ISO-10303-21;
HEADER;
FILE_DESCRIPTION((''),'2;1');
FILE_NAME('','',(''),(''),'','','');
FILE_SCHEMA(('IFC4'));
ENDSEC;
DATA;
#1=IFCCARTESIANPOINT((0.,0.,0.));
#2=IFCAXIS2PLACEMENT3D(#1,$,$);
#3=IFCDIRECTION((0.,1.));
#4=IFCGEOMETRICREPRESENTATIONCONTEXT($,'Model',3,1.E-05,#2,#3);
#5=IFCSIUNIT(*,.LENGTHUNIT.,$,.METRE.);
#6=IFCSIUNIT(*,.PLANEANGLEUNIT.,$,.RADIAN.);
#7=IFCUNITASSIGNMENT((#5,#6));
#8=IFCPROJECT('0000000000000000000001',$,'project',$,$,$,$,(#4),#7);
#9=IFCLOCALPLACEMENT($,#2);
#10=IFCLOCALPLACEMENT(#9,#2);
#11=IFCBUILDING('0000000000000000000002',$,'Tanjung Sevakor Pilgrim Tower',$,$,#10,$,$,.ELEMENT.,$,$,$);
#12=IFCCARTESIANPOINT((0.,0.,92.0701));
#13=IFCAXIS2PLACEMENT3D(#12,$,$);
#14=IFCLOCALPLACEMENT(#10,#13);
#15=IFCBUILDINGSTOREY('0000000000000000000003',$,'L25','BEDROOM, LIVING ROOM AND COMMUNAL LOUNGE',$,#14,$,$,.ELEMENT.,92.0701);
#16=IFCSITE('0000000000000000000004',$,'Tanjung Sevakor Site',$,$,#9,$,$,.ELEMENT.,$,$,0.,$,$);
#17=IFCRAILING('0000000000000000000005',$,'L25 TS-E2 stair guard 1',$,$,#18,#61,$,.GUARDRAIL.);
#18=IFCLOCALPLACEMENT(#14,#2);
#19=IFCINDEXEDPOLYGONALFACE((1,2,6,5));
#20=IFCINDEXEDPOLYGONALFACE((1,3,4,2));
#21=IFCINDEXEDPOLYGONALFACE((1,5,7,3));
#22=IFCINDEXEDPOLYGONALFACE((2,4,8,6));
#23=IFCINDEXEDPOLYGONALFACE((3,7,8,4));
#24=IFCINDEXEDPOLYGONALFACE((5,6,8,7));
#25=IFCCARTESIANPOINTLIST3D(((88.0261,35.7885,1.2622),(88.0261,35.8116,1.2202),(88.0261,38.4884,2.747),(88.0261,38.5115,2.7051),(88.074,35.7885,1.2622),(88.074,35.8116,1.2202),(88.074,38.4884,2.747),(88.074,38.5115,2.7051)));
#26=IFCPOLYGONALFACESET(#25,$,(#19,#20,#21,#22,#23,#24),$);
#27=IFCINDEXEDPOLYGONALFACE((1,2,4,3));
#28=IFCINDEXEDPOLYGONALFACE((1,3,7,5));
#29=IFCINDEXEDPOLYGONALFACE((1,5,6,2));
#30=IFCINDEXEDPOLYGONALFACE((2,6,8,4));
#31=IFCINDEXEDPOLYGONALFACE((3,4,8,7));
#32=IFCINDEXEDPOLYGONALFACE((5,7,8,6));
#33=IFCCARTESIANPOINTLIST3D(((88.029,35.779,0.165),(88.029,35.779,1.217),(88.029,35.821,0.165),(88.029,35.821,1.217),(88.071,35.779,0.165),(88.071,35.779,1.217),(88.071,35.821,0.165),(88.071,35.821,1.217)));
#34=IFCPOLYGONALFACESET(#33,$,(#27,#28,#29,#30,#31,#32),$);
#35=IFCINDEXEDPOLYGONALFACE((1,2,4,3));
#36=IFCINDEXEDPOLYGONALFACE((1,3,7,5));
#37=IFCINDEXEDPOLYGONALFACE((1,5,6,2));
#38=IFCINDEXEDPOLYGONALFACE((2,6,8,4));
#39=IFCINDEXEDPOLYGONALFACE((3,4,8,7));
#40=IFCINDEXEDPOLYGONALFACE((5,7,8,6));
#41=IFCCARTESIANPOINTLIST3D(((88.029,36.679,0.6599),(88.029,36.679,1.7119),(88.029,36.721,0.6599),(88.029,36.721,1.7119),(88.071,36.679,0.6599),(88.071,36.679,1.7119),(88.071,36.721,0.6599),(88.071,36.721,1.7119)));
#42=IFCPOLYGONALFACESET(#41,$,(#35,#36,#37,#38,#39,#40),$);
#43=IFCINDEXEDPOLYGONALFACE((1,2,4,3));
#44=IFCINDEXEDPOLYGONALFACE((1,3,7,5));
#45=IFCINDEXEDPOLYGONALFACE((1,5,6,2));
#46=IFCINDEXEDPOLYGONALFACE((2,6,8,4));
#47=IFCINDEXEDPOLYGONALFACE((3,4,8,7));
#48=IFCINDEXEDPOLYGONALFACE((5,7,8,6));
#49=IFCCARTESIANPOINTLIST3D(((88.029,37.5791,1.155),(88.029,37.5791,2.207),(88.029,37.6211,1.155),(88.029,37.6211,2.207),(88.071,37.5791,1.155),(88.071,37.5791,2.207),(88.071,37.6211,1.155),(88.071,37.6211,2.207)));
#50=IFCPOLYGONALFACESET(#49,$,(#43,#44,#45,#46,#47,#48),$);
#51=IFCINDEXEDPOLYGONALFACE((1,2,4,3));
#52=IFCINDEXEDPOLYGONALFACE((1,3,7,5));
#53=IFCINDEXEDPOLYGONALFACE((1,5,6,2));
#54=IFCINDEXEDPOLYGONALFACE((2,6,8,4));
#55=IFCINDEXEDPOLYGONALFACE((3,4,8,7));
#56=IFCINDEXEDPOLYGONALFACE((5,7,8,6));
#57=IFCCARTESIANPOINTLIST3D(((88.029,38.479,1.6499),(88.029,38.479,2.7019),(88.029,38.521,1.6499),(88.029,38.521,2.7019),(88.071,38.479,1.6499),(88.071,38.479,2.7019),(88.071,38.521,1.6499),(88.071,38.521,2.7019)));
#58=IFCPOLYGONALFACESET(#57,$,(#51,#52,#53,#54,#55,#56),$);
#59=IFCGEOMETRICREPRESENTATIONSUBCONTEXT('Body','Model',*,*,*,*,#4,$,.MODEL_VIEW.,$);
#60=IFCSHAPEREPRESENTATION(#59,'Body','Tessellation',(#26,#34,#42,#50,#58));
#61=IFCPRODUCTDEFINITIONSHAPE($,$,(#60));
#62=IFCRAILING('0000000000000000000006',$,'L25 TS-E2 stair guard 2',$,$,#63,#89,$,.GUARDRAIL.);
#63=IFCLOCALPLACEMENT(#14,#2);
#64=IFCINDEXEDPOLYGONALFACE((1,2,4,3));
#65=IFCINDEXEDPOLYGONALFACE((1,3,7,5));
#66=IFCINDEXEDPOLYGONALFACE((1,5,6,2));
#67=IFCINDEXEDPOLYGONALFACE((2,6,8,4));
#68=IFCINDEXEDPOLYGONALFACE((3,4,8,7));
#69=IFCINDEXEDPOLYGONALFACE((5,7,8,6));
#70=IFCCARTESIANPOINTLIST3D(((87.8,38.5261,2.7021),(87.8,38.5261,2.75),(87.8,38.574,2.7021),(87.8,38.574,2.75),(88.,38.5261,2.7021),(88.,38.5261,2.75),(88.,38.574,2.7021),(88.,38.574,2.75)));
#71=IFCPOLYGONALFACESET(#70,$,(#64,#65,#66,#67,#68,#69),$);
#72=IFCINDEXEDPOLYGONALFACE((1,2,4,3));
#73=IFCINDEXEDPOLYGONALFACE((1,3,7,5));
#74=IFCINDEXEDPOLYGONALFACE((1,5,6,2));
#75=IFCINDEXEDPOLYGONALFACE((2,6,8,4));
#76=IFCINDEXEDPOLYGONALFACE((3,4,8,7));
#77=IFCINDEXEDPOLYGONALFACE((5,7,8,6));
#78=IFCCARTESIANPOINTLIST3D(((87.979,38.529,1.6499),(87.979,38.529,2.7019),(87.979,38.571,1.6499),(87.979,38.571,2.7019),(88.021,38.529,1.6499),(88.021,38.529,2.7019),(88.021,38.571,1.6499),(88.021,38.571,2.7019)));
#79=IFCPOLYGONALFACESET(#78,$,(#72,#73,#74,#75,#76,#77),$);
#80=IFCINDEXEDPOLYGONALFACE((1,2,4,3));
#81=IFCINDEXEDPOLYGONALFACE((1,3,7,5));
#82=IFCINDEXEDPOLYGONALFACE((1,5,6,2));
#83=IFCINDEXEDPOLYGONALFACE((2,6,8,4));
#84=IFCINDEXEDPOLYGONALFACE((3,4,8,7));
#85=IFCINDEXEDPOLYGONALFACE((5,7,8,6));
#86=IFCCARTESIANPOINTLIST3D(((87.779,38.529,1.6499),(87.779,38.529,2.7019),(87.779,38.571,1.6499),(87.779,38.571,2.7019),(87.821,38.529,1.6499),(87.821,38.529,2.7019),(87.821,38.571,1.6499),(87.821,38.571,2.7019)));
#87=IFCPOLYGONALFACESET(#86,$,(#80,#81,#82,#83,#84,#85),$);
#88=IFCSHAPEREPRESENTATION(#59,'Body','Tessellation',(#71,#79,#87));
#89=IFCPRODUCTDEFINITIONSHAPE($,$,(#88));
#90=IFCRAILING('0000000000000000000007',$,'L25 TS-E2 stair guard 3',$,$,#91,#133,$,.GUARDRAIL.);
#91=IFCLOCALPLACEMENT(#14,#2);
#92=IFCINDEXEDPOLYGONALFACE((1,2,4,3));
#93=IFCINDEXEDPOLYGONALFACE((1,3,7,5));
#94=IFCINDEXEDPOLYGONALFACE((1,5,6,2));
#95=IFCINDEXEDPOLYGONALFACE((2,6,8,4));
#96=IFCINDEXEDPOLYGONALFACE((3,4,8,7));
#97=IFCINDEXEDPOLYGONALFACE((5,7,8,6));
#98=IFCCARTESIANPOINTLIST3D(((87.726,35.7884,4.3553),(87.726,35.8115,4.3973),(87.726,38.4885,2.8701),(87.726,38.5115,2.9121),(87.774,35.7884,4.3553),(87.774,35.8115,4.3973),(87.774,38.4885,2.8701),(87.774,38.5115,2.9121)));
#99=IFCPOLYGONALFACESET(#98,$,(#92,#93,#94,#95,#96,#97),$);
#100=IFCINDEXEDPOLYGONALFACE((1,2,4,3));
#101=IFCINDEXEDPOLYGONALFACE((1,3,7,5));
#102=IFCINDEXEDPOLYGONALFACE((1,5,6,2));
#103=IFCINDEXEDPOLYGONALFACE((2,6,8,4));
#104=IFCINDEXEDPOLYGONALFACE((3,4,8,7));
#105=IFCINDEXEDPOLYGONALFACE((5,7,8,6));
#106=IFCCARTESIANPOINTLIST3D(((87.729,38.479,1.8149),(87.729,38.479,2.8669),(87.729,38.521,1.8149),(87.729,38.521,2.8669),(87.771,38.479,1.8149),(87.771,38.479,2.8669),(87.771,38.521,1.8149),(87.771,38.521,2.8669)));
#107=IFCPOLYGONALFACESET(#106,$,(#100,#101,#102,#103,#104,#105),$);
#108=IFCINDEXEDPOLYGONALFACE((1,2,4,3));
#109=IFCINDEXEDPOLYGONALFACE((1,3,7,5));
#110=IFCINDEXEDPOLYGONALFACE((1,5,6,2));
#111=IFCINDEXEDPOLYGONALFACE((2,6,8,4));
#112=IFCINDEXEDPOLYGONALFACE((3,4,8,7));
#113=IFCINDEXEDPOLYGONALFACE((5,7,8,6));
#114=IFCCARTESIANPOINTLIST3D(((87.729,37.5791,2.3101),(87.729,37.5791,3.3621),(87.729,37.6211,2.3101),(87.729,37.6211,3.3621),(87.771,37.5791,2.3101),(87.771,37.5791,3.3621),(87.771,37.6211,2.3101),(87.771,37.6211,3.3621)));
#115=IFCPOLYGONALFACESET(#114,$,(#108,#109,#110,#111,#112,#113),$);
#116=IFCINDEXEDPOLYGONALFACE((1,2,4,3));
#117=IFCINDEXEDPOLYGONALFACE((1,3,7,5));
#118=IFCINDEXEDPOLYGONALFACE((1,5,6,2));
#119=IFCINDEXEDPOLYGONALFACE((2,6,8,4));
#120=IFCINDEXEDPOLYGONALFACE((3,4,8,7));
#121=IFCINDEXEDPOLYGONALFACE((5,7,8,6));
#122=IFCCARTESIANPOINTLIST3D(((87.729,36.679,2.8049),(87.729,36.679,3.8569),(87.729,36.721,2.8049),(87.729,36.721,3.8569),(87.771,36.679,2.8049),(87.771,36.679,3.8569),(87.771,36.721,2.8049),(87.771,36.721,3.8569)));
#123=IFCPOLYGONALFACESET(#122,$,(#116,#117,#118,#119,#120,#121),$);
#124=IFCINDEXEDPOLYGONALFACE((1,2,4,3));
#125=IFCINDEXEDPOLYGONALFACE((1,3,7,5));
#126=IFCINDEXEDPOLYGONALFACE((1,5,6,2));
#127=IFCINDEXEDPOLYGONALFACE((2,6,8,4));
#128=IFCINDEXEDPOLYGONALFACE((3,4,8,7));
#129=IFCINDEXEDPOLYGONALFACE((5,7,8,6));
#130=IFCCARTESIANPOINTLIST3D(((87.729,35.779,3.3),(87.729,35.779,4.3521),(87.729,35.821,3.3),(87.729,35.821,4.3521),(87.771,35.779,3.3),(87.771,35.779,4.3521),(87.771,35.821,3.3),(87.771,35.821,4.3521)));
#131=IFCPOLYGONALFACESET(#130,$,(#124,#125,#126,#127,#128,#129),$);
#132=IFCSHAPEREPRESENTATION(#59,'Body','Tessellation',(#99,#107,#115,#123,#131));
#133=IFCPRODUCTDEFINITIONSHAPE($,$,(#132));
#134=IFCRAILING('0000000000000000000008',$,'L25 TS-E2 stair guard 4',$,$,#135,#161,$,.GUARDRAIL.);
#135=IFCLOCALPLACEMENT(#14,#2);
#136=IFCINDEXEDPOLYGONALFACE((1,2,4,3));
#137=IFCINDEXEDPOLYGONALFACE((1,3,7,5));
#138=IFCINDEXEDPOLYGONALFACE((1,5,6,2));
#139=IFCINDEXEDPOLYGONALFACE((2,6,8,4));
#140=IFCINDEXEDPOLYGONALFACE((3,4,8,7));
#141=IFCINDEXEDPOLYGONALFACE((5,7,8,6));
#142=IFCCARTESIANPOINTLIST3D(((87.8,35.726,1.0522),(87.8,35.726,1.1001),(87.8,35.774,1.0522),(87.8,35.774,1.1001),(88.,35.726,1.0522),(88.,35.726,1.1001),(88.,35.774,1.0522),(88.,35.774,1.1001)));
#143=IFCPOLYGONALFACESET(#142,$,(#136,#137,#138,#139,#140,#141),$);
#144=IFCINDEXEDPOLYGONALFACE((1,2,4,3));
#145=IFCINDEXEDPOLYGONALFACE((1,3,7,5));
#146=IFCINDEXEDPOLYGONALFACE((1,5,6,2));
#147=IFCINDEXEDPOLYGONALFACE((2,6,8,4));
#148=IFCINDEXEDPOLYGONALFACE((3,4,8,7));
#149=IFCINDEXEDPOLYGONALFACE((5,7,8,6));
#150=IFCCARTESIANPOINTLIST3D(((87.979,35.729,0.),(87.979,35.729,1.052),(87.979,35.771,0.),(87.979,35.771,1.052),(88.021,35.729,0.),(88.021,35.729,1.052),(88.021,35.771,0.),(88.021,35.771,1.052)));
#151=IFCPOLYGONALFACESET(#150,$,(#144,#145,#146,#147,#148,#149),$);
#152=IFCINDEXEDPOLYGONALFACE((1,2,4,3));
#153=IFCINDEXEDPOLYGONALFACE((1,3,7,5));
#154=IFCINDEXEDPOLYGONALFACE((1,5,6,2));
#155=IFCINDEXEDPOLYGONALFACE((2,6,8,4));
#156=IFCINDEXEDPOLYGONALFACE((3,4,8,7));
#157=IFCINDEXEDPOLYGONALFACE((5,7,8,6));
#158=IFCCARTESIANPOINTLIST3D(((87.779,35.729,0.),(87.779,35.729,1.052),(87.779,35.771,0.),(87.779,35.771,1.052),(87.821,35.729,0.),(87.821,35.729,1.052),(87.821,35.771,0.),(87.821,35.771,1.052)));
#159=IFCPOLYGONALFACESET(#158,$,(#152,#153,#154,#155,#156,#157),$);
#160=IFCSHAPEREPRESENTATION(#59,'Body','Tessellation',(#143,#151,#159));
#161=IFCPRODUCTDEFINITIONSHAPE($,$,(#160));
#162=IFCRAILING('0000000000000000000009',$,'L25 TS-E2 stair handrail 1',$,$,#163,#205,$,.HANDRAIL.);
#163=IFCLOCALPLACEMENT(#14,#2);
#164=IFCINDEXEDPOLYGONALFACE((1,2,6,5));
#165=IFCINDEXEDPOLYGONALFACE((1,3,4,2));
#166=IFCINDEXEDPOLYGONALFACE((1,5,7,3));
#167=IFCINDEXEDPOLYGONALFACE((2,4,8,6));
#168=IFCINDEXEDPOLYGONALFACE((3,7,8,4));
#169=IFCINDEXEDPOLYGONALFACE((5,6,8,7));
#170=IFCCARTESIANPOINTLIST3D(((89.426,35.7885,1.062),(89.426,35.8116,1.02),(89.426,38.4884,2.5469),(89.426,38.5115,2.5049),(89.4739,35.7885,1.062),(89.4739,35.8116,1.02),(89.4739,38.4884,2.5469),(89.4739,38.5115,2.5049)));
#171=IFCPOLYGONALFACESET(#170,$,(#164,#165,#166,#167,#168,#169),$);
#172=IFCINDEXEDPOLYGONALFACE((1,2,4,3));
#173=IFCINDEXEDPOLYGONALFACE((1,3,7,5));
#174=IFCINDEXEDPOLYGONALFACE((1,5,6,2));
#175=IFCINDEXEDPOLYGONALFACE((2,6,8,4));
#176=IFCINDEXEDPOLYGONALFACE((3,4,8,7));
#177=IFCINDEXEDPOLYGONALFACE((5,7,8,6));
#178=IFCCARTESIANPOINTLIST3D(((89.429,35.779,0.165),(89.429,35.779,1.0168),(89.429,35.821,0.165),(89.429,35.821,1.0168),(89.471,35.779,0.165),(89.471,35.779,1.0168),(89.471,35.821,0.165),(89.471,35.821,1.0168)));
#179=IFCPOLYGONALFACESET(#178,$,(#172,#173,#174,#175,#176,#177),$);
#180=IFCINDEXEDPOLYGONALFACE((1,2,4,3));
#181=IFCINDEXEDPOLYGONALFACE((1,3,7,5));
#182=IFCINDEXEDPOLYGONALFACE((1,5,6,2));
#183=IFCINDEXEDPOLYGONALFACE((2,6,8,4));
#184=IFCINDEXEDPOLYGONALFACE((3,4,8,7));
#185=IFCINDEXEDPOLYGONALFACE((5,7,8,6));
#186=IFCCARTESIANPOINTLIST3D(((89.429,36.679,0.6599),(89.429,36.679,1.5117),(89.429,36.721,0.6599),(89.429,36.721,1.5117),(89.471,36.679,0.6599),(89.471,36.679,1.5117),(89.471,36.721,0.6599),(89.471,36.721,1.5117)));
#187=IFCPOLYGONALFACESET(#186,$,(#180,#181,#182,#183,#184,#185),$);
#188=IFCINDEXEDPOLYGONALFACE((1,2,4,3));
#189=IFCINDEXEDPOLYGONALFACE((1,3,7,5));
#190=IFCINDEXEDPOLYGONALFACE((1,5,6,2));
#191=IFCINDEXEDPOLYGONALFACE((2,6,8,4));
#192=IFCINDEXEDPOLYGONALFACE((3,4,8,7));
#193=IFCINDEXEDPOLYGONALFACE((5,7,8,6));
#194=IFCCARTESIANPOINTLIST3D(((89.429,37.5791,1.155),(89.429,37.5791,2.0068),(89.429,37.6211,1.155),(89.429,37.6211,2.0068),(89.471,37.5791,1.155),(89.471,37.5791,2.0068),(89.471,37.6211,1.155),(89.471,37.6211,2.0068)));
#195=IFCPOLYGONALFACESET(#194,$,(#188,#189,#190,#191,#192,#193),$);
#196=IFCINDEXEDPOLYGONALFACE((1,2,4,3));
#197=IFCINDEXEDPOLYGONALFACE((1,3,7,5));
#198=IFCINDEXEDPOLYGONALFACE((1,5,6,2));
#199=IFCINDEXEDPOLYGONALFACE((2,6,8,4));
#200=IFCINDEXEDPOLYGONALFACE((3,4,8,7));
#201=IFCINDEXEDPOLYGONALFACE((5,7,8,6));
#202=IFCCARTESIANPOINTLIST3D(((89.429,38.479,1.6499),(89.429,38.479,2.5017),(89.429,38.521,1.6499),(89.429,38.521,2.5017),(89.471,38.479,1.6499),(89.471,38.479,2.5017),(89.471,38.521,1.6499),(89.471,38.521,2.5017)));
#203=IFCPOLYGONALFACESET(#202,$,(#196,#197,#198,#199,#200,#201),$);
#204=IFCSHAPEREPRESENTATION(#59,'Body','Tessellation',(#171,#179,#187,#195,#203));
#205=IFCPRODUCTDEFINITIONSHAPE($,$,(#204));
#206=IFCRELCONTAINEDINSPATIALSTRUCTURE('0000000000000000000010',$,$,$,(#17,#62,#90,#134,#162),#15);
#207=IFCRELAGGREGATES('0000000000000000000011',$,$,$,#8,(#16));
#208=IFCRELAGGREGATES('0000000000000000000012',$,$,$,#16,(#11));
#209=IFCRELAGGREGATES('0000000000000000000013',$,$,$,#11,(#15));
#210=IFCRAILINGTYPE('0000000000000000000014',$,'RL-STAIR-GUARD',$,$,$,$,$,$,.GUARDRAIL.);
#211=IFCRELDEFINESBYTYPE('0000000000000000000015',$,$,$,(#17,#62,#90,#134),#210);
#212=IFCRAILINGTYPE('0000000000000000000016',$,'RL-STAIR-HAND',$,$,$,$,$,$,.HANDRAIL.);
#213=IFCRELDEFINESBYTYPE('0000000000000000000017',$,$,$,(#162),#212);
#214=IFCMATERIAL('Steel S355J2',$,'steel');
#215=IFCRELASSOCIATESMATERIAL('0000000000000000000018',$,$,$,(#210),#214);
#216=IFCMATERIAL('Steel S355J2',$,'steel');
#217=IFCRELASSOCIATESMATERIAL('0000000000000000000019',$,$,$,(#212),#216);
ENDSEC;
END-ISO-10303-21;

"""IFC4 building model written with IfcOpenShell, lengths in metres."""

from ifc_helpers import new_model, si_unit, direction, frame, origin, place, context, subcontext, project, spatial, rectangle, extrude, material, type_object, element, save


model = new_model("IFC4")

# Units and contexts
model_context = context("Model", 3, precision=1e-05, world=origin(), true_north=direction((0.0, 1.0)))
body_context = subcontext(model_context, "Body", "Model", "MODEL_VIEW")
ifc_project = project(units=[si_unit("LENGTHUNIT", "METRE"), si_unit("PLANEANGLEUNIT", "RADIAN")], contexts=[model_context])

# Site, building, storey
site_placement = place(None, origin())
site = spatial("IfcSite", under=ifc_project, at=site_placement, Name="Tanjung Sevakor Site", CompositionType="ELEMENT", RefElevation=0.0)
building_placement = place(site_placement, origin())
building = spatial("IfcBuilding", under=site, at=building_placement, Name="Tanjung Sevakor Pilgrim Tower", CompositionType="ELEMENT")
storey_placement = place(building_placement, frame((0.0, 0.0, 92.0701)))
storey = spatial("IfcBuildingStorey", under=building, at=storey_placement, Name="L25", Description="BEDROOM, LIVING ROOM AND COMMUNAL LOUNGE", CompositionType="ELEMENT", Elevation=92.0701)

# Railings
ifc_material_1 = material(Name="Steel S355J2", Category="steel")
railing_type_1 = type_object("IfcRailingType", Name="RL-STAIR-GUARD", PredefinedType="GUARDRAIL", material=ifc_material_1)
railing_1_placement = place(storey_placement, frame((88.05, 35.8, 0.165)))
element("IfcRailing", 1, at=railing_1_placement, inside=storey, type_object=railing_type_1, Name="L25 TS-E2 stair guard 1", PredefinedType="GUARDRAIL", context=body_context, shape_type="SweptSolid", body=[
    extrude(rectangle(XDim=0.0479, YDim=0.0479), frame((0.0, 0.0, 1.0762), z_axis=(0.0, 0.876231, 0.481891), x_axis=(-1.0, 0.0, 0.0)), (0.0, 0.0, 1.0), 3.0813),
    extrude(rectangle(XDim=0.042, YDim=0.042), origin(), (0.0, 0.0, 1.0), 1.052),
    extrude(rectangle(XDim=0.042, YDim=0.042), frame((0.0, 0.8999, 0.4949)), (0.0, 0.0, 1.0), 1.052),
    extrude(rectangle(XDim=0.042, YDim=0.042), frame((0.0, 1.8, 0.99)), (0.0, 0.0, 1.0), 1.052),
    extrude(rectangle(XDim=0.042, YDim=0.042), frame((0.0, 2.7, 1.4849)), (0.0, 0.0, 1.0), 1.052),
])
railing_2_placement = place(storey_placement, frame((88.0, 38.55, 1.6499)))
element("IfcRailing", 2, at=railing_2_placement, inside=storey, type_object=railing_type_1, Name="L25 TS-E2 stair guard 2", PredefinedType="GUARDRAIL", context=body_context, shape_type="SweptSolid", body=[
    extrude(rectangle(XDim=0.0479, YDim=0.0479), frame((0.0, 0.0, 1.0762), z_axis=(-1.0, 0.0, 0.0), x_axis=(0.0, -1.0, 0.0)), (0.0, 0.0, 1.0), 0.2),
    extrude(rectangle(XDim=0.042, YDim=0.042), origin(), (0.0, 0.0, 1.0), 1.052),
    extrude(rectangle(XDim=0.042, YDim=0.042), frame((-0.2, 0.0, 0.0)), (0.0, 0.0, 1.0), 1.052),
])
railing_3_placement = place(storey_placement, frame((87.75, 38.5, 1.8149)))
element("IfcRailing", 3, at=railing_3_placement, inside=storey, type_object=railing_type_1, Name="L25 TS-E2 stair guard 3", PredefinedType="GUARDRAIL", context=body_context, shape_type="SweptSolid", body=[
    extrude(rectangle(XDim=0.0479, YDim=0.0479), frame((0.0, 0.0, 1.0762), z_axis=(0.0, -0.876198, 0.481952), x_axis=(1.0, 0.0, 0.0)), (0.0, 0.0, 1.0), 3.0815),
    extrude(rectangle(XDim=0.042, YDim=0.042), origin(), (0.0, 0.0, 1.0), 1.052),
    extrude(rectangle(XDim=0.042, YDim=0.042), frame((0.0, -0.8999, 0.4951)), (0.0, 0.0, 1.0), 1.052),
    extrude(rectangle(XDim=0.042, YDim=0.042), frame((0.0, -1.8, 0.99)), (0.0, 0.0, 1.0), 1.052),
    extrude(rectangle(XDim=0.042, YDim=0.042), frame((0.0, -2.7, 1.4851)), (0.0, 0.0, 1.0), 1.052),
])
railing_4_placement = place(storey_placement, frame((88.0, 35.75, 0.0)))
element("IfcRailing", 4, at=railing_4_placement, inside=storey, type_object=railing_type_1, Name="L25 TS-E2 stair guard 4", PredefinedType="GUARDRAIL", context=body_context, shape_type="SweptSolid", body=[
    extrude(rectangle(XDim=0.0479, YDim=0.0479), frame((0.0, 0.0, 1.0762), z_axis=(-1.0, 0.0, 0.0), x_axis=(0.0, -1.0, 0.0)), (0.0, 0.0, 1.0), 0.2),
    extrude(rectangle(XDim=0.042, YDim=0.042), origin(), (0.0, 0.0, 1.0), 1.052),
    extrude(rectangle(XDim=0.042, YDim=0.042), frame((-0.2, 0.0, 0.0)), (0.0, 0.0, 1.0), 1.052),
])
ifc_material_2 = material(Name="Steel S355J2", Category="steel")
railing_type_2 = type_object("IfcRailingType", Name="RL-STAIR-HAND", PredefinedType="HANDRAIL", material=ifc_material_2)
railing_5_placement = place(storey_placement, frame((89.45, 35.8, 0.165)))
element("IfcRailing", 5, at=railing_5_placement, inside=storey, type_object=railing_type_2, Name="L25 TS-E2 stair handrail 1", PredefinedType="HANDRAIL", context=body_context, shape_type="SweptSolid", body=[
    extrude(rectangle(XDim=0.0479, YDim=0.0479), frame((0.0, 0.0, 0.876), z_axis=(0.0, 0.876231, 0.481891), x_axis=(-1.0, 0.0, 0.0)), (0.0, 0.0, 1.0), 3.0813),
    extrude(rectangle(XDim=0.042, YDim=0.042), origin(), (0.0, 0.0, 1.0), 0.8518),
    extrude(rectangle(XDim=0.042, YDim=0.042), frame((0.0, 0.8999, 0.4949)), (0.0, 0.0, 1.0), 0.8518),
    extrude(rectangle(XDim=0.042, YDim=0.042), frame((0.0, 1.8, 0.99)), (0.0, 0.0, 1.0), 0.8518),
    extrude(rectangle(XDim=0.042, YDim=0.042), frame((0.0, 2.7, 1.4849)), (0.0, 0.0, 1.0), 0.8518),
])

save(model, "model.ifc")
